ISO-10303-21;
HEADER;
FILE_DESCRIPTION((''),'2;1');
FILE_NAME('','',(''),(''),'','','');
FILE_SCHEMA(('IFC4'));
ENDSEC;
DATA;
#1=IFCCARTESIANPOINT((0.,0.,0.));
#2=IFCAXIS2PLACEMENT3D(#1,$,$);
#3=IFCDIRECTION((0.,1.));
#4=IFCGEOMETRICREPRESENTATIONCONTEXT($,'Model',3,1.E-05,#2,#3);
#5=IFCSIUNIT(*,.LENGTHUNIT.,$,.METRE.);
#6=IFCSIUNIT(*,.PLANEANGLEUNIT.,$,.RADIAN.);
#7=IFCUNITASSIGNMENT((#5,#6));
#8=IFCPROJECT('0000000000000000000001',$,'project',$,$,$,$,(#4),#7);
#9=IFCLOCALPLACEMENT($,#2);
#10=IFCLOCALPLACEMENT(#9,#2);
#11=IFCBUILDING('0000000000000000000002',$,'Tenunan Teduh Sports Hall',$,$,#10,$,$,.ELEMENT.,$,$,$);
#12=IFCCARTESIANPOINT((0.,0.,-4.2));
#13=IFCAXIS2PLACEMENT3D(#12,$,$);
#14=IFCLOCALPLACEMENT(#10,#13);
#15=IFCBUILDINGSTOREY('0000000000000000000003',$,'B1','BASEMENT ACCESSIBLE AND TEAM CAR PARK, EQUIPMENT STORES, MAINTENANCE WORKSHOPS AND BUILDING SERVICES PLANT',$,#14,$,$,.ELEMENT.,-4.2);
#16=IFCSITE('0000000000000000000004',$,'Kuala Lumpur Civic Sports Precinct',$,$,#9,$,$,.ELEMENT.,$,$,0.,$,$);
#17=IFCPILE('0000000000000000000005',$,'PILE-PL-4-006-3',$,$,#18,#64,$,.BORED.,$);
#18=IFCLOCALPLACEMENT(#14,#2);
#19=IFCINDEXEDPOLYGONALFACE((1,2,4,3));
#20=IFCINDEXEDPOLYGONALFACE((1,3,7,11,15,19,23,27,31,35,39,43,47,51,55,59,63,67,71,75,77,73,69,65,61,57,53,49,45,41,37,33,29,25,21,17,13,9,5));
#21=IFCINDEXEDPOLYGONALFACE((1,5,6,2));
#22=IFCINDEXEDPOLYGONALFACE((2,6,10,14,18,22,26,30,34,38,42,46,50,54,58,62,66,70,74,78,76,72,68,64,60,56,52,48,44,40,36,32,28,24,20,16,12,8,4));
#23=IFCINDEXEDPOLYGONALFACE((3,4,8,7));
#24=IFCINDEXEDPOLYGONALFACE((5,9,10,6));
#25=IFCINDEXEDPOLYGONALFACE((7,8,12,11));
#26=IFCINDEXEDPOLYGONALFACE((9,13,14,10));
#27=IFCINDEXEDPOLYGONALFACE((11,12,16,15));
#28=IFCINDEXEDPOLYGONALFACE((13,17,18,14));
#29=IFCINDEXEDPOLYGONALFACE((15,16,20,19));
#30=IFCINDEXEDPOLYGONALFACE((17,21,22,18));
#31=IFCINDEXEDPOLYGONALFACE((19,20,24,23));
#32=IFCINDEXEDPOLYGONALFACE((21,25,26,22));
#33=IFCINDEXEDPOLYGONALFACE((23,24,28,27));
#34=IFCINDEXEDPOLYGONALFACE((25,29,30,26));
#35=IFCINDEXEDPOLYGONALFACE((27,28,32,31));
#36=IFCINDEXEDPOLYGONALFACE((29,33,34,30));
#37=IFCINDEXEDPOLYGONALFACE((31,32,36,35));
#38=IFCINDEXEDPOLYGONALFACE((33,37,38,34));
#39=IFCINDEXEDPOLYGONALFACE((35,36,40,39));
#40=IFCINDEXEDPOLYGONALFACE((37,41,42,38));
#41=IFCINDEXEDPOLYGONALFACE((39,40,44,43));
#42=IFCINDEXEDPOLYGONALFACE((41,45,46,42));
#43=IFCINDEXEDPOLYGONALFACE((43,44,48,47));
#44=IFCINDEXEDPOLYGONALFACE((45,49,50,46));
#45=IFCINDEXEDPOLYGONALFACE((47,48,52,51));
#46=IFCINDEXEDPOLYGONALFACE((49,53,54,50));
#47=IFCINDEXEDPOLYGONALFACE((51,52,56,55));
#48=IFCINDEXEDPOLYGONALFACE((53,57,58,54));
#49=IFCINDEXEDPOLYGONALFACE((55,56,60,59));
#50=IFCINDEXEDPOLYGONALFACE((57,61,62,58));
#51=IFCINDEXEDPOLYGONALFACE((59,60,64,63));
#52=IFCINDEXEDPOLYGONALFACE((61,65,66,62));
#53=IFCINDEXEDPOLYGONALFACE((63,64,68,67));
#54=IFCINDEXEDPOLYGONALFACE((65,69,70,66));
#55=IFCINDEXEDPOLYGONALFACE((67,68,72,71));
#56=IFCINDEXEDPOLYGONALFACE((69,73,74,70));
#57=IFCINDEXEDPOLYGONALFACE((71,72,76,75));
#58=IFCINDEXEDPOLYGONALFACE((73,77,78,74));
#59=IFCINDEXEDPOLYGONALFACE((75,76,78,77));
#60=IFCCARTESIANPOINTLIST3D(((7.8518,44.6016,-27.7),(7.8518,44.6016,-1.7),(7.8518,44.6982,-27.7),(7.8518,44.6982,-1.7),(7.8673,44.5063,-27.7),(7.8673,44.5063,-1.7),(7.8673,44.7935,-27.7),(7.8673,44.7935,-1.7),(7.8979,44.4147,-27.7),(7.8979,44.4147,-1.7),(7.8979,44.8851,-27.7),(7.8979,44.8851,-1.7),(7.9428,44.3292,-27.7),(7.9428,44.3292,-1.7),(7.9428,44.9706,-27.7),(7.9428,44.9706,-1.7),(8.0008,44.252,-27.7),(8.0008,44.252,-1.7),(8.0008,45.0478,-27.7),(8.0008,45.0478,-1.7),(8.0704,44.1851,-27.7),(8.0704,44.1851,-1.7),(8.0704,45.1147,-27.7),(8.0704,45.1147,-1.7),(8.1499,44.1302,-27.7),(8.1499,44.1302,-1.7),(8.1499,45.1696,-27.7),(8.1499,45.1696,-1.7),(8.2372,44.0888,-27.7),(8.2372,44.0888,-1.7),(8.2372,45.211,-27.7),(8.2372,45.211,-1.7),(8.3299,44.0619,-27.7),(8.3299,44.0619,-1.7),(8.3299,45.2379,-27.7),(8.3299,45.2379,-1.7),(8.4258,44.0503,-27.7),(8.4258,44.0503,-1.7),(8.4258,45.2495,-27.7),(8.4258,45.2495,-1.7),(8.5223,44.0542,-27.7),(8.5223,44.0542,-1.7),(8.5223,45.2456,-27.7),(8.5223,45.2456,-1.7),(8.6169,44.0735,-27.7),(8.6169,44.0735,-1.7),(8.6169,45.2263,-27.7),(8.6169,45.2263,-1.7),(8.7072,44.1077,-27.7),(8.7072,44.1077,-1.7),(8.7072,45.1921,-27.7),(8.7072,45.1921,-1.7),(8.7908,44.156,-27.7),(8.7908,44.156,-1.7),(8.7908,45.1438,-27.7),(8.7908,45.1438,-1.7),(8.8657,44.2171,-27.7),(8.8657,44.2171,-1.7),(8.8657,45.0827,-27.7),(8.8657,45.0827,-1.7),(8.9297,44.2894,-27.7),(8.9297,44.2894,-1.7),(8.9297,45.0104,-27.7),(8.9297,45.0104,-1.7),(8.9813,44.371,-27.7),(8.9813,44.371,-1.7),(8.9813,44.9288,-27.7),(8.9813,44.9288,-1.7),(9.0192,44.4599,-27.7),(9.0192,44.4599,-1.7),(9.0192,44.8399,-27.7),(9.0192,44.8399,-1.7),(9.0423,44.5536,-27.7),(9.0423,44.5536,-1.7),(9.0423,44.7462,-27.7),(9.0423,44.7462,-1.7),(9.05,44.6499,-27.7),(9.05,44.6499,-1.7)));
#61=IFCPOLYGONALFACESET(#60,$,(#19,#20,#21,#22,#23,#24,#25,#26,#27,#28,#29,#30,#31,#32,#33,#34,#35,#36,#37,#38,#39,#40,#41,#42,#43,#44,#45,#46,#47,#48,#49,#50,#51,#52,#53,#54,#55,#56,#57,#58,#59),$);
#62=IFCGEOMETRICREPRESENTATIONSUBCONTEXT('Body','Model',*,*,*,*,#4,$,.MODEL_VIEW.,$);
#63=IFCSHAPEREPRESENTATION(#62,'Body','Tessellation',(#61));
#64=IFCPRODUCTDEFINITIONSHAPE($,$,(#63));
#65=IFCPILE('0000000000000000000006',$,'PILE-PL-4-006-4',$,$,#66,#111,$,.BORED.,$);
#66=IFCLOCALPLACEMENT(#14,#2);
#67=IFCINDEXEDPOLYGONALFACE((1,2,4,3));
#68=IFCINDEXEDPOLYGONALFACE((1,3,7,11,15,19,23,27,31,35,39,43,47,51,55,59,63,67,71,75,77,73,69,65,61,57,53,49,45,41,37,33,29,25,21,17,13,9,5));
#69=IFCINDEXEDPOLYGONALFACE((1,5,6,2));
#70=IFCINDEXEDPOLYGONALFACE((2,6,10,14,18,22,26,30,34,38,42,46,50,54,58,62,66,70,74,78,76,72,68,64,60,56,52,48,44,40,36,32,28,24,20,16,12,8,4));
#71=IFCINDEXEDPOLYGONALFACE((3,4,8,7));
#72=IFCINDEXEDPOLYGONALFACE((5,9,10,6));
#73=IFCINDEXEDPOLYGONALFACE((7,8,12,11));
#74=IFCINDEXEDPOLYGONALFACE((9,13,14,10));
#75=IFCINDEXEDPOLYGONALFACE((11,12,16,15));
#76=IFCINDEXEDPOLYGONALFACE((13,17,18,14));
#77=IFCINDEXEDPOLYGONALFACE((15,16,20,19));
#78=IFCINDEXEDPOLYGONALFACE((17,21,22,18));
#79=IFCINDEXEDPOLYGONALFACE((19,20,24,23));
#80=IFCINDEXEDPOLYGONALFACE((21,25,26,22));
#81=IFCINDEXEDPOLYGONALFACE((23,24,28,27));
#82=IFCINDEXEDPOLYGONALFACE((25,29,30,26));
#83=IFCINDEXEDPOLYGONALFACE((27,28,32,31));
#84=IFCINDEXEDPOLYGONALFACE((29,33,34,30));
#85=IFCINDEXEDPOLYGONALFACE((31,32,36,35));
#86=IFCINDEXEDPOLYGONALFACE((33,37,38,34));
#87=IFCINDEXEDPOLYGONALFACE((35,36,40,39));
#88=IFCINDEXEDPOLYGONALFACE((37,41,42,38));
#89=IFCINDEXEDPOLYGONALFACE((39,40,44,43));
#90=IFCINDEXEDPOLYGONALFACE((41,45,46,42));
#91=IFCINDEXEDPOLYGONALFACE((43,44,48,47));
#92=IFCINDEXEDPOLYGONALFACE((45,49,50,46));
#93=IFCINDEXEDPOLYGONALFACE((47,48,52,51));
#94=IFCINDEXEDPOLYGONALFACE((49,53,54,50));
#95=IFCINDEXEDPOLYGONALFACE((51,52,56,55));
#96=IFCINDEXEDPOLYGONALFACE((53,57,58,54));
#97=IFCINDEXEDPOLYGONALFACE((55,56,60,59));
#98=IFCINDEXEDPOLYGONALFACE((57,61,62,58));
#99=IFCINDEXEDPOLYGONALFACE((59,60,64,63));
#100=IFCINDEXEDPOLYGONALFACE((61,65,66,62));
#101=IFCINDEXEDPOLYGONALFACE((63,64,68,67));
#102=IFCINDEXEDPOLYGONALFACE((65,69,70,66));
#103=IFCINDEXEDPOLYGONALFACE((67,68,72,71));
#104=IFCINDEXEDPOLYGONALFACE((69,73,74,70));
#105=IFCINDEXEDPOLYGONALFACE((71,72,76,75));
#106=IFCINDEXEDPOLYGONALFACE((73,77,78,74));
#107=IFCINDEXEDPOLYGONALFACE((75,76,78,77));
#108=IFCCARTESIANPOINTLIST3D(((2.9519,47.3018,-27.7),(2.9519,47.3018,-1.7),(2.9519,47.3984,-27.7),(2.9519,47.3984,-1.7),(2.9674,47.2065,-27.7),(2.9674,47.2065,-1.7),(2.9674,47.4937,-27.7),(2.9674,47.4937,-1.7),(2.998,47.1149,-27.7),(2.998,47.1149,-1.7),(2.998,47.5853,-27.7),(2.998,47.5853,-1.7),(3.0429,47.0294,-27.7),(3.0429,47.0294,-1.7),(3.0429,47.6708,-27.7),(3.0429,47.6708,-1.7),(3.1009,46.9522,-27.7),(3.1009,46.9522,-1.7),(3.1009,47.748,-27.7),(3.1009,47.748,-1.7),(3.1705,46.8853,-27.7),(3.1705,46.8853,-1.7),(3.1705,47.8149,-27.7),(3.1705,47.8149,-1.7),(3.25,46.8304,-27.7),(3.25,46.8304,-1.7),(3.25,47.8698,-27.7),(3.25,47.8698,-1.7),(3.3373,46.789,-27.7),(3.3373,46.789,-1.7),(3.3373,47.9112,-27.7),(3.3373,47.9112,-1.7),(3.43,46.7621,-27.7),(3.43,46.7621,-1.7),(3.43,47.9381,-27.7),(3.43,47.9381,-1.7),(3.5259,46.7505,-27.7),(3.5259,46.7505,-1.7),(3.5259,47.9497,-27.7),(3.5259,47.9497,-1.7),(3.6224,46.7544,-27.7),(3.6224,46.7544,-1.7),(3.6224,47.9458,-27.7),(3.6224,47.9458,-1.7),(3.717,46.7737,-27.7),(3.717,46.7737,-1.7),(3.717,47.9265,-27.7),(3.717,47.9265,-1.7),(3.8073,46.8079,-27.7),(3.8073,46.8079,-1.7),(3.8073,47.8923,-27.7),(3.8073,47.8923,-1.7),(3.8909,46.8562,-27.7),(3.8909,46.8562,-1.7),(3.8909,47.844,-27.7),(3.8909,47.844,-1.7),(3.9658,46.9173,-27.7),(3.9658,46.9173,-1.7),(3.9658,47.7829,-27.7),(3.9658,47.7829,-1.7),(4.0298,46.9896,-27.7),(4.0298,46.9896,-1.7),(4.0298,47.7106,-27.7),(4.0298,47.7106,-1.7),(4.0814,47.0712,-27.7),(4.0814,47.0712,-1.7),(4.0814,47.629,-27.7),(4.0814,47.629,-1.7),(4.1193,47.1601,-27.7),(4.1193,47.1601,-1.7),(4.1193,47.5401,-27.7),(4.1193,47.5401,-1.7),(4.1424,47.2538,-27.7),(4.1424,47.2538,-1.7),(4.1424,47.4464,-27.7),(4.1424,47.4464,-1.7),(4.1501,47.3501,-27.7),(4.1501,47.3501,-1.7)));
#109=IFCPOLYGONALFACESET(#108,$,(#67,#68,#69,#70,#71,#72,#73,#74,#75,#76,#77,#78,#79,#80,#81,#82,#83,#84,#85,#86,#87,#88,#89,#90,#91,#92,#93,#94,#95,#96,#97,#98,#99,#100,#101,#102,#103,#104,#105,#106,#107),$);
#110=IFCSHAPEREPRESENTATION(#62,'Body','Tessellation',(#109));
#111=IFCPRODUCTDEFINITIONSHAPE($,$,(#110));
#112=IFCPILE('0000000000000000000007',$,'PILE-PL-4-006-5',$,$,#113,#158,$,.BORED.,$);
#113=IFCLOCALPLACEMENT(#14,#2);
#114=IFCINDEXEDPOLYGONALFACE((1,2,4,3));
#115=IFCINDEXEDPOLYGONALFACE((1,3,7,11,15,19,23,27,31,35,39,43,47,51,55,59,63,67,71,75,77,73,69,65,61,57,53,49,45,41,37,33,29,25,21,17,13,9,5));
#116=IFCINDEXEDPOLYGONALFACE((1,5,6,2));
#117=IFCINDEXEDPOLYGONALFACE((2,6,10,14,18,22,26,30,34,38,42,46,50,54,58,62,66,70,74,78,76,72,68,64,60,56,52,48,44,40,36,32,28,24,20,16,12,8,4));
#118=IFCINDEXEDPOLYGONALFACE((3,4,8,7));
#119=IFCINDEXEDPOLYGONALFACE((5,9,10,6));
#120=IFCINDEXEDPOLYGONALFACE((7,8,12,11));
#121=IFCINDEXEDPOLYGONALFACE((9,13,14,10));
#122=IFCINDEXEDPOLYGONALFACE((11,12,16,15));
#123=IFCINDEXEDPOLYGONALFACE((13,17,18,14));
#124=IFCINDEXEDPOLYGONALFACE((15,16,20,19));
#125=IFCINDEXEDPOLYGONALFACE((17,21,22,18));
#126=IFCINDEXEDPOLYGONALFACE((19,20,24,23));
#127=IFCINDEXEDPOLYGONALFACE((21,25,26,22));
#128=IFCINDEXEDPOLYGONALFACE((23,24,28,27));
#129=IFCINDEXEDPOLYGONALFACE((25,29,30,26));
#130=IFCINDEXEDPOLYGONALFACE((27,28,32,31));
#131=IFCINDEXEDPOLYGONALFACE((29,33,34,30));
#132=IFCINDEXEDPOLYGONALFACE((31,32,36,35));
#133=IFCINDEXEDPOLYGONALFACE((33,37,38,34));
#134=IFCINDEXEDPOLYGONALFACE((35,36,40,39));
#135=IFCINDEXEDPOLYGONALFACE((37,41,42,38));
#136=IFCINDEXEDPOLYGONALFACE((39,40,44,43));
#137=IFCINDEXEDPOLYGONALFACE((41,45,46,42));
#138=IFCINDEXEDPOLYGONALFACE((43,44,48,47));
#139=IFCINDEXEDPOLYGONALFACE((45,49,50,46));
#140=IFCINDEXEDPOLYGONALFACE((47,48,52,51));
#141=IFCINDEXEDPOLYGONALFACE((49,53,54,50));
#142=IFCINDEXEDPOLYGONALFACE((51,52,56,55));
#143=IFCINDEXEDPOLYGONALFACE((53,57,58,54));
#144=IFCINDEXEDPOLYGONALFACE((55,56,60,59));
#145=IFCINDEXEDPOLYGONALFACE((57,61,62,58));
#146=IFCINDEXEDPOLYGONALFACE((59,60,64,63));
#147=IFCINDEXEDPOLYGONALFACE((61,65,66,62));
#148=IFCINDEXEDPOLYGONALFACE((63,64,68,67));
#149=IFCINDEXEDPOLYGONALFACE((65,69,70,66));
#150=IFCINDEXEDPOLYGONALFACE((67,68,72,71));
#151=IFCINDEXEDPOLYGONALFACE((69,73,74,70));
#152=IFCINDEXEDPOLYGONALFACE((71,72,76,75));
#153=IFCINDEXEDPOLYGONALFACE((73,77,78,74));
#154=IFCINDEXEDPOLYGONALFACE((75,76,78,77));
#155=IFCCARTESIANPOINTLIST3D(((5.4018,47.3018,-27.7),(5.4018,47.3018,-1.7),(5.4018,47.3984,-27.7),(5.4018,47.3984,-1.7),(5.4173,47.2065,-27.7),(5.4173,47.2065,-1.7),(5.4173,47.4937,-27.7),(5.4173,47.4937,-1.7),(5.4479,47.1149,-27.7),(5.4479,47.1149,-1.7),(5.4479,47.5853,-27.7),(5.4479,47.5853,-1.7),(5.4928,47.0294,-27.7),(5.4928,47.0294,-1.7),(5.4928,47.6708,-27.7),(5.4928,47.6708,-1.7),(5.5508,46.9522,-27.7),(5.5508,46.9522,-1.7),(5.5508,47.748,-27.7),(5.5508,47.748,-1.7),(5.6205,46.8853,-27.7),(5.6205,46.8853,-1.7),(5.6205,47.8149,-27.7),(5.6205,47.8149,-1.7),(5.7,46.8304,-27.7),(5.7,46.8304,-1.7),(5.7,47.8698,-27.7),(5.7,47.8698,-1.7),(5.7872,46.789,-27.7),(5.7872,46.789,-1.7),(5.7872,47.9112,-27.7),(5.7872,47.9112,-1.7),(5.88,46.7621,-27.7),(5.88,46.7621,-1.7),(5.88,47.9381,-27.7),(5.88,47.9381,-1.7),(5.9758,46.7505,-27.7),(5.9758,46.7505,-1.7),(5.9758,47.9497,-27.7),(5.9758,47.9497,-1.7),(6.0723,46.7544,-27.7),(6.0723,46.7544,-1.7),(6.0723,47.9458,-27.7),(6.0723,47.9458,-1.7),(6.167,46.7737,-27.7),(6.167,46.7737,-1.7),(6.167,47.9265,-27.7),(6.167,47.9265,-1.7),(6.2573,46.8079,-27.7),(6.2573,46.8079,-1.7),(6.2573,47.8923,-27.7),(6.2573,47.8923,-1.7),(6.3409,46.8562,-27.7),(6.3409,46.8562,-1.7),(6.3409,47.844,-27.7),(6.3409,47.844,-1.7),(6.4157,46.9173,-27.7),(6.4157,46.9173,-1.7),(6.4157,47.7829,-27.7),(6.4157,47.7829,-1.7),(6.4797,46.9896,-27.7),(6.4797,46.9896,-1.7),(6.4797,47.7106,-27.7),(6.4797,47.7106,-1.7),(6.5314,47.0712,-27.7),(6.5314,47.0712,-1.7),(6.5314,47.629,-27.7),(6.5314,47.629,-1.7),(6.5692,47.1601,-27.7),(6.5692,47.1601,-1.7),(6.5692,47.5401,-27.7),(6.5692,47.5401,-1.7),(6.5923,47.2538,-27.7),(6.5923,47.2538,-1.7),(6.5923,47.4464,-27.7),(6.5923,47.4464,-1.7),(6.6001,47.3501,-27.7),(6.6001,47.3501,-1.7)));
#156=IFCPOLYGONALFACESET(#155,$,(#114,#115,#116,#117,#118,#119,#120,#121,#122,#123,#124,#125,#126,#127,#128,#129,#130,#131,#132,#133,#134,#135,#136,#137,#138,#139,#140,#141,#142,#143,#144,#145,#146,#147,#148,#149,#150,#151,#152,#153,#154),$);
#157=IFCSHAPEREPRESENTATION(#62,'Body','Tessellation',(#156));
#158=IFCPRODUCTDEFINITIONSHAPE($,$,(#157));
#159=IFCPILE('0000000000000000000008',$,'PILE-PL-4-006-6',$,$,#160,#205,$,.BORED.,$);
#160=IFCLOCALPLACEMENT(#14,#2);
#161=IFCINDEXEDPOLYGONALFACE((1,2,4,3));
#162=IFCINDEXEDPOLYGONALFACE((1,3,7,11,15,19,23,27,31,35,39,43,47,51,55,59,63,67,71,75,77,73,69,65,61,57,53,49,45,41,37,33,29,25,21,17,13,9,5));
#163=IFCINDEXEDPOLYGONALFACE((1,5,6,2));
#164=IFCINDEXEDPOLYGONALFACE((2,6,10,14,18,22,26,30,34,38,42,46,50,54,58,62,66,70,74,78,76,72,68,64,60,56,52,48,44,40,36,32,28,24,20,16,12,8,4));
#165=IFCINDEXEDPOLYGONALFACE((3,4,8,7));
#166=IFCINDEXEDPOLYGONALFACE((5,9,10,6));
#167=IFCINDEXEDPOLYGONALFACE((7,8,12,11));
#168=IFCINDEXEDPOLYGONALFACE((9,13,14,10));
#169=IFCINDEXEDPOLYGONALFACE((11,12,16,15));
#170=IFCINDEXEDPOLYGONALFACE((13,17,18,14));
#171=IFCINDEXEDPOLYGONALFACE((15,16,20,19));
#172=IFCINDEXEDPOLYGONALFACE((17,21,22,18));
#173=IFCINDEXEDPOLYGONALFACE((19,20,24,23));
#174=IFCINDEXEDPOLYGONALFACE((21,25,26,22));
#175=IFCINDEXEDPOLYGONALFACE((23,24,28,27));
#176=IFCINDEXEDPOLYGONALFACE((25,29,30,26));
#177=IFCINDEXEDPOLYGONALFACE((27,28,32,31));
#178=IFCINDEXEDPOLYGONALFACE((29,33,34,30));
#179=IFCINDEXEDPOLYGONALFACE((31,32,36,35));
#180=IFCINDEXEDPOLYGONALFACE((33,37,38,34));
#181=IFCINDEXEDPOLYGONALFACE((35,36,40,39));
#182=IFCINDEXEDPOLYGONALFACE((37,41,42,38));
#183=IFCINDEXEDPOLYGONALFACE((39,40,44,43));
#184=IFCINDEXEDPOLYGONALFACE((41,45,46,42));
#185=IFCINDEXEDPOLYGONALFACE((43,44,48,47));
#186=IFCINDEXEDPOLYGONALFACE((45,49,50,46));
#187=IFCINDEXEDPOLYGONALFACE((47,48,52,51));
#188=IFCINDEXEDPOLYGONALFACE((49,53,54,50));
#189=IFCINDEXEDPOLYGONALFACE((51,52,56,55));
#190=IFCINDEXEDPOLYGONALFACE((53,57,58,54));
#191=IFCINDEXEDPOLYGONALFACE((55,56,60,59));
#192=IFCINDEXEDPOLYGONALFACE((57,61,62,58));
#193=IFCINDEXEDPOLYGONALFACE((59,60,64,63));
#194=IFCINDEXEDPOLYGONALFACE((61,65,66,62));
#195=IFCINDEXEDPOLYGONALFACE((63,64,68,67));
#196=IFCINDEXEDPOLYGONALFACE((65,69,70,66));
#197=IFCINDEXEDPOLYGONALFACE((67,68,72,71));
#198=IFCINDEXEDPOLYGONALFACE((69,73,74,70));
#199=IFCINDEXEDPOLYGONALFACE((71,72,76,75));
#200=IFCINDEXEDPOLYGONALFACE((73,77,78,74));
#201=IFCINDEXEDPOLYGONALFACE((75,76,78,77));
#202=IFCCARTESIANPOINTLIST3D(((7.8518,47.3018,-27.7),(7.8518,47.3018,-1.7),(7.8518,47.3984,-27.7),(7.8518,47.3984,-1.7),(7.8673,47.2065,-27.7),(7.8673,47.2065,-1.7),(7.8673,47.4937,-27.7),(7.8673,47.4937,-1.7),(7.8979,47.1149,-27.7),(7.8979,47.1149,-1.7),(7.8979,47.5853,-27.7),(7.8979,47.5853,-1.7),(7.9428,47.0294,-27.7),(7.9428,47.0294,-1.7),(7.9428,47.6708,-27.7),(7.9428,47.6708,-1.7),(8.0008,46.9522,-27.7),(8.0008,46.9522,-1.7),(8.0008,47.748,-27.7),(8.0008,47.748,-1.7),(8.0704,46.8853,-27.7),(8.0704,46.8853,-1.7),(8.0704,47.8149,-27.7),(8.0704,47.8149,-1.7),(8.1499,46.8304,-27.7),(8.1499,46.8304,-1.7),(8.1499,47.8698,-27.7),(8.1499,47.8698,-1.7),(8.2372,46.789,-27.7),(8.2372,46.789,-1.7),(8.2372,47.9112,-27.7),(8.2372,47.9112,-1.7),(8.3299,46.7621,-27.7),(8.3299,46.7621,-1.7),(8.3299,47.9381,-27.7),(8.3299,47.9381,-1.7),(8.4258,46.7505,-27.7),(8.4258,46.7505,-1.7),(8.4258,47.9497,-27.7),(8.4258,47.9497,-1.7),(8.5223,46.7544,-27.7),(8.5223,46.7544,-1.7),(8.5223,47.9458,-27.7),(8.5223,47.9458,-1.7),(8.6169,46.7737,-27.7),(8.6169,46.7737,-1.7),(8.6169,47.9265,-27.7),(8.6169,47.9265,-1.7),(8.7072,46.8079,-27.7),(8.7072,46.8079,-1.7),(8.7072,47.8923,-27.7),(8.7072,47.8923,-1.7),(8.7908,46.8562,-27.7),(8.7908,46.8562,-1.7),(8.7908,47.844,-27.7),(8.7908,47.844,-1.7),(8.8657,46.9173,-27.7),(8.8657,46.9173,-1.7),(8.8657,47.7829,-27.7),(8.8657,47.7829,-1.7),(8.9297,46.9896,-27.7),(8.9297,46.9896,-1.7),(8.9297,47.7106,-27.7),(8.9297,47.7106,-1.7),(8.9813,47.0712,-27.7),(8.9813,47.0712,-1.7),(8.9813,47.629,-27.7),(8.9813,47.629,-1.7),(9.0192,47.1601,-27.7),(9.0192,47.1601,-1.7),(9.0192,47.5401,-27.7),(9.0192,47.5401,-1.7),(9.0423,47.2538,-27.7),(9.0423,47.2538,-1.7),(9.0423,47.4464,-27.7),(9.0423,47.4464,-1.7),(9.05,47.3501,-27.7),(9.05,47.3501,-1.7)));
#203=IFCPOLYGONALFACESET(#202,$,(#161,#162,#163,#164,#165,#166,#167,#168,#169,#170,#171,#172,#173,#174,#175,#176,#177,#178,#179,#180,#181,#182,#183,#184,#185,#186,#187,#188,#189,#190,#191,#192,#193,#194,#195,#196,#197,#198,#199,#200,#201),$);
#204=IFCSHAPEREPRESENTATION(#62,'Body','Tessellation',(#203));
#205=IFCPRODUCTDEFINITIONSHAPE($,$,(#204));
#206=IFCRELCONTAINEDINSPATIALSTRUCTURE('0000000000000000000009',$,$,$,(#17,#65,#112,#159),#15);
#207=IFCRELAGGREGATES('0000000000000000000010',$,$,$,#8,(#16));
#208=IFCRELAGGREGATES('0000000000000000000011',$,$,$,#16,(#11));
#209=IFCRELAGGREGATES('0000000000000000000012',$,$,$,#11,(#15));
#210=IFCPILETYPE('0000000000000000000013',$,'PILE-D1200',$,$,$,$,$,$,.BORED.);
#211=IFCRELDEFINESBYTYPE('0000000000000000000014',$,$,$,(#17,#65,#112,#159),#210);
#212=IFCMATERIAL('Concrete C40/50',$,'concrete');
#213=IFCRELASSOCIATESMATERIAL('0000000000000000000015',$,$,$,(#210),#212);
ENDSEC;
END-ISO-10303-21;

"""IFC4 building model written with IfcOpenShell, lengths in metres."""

from ifc_helpers import new_model, si_unit, direction, frame, origin, origin_2d, place, context, subcontext, project, spatial, circle, extrude, material, material_profile, profile_set, type_object, element, save


model = new_model("IFC4")

# Units and contexts
model_context = context("Model", 3, precision=1e-05, world=origin(), true_north=direction((0.0, 1.0)))
body_context = subcontext(model_context, "Body", "Model", "MODEL_VIEW")
ifc_project = project(units=[si_unit("LENGTHUNIT", "METRE"), si_unit("PLANEANGLEUNIT", "RADIAN")], contexts=[model_context])

# Site, building, storey
site_placement = place(None, origin())
site = spatial("IfcSite", under=ifc_project, at=site_placement, Name="Kuala Lumpur Civic Sports Precinct", CompositionType="ELEMENT", RefElevation=0.0)
building_placement = place(site_placement, origin())
building = spatial("IfcBuilding", under=site, at=building_placement, Name="Tenunan Teduh Sports Hall", CompositionType="ELEMENT")
storey_placement = place(building_placement, frame((0.0, 0.0, -4.2)))
storey = spatial("IfcBuildingStorey", under=building, at=storey_placement, Name="B1", Description="BASEMENT ACCESSIBLE AND TEAM CAR PARK, EQUIPMENT STORES, MAINTENANCE WORKSHOPS AND BUILDING SERVICES PLANT", CompositionType="ELEMENT", Elevation=-4.2)

# Piles
ifc_material_1 = material(Name="Concrete C40/50", Category="concrete")
ifc_material_profile_1 = material_profile(ifc_material_1, circle(Radius=0.6001, at=origin_2d()), Name="PILE D1200")
ifc_profile_set_1 = profile_set([ifc_material_profile_1], Name="Concrete C40/50")
pile_type_1 = type_object("IfcPileType", Name="PILE-D1200", PredefinedType="BORED", material=ifc_profile_set_1)
for number, where, z_axis, x_axis, name in (
    (1, (8.45, 44.6499, -1.7), (0.0, 0.0, -1.0), (1.0, 0.0, 0.0), "PILE-PL-4-006-3"),
    (2, (3.55, 47.3501, -1.7), (0.0, 0.0, -1.0), (1.0, 0.0, 0.0), "PILE-PL-4-006-4"),
    (3, (6.0, 47.3501, -1.7), (0.0, 0.0, -1.0), (1.0, 0.0, 0.0), "PILE-PL-4-006-5"),
    (4, (8.45, 47.3501, -1.7), (0.0, 0.0, -1.0), (1.0, 0.0, 0.0), "PILE-PL-4-006-6"),
):
    element("IfcPile", number, at=place(storey_placement, frame(where, z_axis=z_axis, x_axis=x_axis)), inside=storey, type_object=pile_type_1, Name=name, PredefinedType="BORED", context=body_context, shape_type="SweptSolid", body=[
        extrude(circle(Radius=0.6001, at=origin_2d()), origin(), (0.0, 0.0, 1.0), 26.0),
    ])

save(model, "model.ifc")
